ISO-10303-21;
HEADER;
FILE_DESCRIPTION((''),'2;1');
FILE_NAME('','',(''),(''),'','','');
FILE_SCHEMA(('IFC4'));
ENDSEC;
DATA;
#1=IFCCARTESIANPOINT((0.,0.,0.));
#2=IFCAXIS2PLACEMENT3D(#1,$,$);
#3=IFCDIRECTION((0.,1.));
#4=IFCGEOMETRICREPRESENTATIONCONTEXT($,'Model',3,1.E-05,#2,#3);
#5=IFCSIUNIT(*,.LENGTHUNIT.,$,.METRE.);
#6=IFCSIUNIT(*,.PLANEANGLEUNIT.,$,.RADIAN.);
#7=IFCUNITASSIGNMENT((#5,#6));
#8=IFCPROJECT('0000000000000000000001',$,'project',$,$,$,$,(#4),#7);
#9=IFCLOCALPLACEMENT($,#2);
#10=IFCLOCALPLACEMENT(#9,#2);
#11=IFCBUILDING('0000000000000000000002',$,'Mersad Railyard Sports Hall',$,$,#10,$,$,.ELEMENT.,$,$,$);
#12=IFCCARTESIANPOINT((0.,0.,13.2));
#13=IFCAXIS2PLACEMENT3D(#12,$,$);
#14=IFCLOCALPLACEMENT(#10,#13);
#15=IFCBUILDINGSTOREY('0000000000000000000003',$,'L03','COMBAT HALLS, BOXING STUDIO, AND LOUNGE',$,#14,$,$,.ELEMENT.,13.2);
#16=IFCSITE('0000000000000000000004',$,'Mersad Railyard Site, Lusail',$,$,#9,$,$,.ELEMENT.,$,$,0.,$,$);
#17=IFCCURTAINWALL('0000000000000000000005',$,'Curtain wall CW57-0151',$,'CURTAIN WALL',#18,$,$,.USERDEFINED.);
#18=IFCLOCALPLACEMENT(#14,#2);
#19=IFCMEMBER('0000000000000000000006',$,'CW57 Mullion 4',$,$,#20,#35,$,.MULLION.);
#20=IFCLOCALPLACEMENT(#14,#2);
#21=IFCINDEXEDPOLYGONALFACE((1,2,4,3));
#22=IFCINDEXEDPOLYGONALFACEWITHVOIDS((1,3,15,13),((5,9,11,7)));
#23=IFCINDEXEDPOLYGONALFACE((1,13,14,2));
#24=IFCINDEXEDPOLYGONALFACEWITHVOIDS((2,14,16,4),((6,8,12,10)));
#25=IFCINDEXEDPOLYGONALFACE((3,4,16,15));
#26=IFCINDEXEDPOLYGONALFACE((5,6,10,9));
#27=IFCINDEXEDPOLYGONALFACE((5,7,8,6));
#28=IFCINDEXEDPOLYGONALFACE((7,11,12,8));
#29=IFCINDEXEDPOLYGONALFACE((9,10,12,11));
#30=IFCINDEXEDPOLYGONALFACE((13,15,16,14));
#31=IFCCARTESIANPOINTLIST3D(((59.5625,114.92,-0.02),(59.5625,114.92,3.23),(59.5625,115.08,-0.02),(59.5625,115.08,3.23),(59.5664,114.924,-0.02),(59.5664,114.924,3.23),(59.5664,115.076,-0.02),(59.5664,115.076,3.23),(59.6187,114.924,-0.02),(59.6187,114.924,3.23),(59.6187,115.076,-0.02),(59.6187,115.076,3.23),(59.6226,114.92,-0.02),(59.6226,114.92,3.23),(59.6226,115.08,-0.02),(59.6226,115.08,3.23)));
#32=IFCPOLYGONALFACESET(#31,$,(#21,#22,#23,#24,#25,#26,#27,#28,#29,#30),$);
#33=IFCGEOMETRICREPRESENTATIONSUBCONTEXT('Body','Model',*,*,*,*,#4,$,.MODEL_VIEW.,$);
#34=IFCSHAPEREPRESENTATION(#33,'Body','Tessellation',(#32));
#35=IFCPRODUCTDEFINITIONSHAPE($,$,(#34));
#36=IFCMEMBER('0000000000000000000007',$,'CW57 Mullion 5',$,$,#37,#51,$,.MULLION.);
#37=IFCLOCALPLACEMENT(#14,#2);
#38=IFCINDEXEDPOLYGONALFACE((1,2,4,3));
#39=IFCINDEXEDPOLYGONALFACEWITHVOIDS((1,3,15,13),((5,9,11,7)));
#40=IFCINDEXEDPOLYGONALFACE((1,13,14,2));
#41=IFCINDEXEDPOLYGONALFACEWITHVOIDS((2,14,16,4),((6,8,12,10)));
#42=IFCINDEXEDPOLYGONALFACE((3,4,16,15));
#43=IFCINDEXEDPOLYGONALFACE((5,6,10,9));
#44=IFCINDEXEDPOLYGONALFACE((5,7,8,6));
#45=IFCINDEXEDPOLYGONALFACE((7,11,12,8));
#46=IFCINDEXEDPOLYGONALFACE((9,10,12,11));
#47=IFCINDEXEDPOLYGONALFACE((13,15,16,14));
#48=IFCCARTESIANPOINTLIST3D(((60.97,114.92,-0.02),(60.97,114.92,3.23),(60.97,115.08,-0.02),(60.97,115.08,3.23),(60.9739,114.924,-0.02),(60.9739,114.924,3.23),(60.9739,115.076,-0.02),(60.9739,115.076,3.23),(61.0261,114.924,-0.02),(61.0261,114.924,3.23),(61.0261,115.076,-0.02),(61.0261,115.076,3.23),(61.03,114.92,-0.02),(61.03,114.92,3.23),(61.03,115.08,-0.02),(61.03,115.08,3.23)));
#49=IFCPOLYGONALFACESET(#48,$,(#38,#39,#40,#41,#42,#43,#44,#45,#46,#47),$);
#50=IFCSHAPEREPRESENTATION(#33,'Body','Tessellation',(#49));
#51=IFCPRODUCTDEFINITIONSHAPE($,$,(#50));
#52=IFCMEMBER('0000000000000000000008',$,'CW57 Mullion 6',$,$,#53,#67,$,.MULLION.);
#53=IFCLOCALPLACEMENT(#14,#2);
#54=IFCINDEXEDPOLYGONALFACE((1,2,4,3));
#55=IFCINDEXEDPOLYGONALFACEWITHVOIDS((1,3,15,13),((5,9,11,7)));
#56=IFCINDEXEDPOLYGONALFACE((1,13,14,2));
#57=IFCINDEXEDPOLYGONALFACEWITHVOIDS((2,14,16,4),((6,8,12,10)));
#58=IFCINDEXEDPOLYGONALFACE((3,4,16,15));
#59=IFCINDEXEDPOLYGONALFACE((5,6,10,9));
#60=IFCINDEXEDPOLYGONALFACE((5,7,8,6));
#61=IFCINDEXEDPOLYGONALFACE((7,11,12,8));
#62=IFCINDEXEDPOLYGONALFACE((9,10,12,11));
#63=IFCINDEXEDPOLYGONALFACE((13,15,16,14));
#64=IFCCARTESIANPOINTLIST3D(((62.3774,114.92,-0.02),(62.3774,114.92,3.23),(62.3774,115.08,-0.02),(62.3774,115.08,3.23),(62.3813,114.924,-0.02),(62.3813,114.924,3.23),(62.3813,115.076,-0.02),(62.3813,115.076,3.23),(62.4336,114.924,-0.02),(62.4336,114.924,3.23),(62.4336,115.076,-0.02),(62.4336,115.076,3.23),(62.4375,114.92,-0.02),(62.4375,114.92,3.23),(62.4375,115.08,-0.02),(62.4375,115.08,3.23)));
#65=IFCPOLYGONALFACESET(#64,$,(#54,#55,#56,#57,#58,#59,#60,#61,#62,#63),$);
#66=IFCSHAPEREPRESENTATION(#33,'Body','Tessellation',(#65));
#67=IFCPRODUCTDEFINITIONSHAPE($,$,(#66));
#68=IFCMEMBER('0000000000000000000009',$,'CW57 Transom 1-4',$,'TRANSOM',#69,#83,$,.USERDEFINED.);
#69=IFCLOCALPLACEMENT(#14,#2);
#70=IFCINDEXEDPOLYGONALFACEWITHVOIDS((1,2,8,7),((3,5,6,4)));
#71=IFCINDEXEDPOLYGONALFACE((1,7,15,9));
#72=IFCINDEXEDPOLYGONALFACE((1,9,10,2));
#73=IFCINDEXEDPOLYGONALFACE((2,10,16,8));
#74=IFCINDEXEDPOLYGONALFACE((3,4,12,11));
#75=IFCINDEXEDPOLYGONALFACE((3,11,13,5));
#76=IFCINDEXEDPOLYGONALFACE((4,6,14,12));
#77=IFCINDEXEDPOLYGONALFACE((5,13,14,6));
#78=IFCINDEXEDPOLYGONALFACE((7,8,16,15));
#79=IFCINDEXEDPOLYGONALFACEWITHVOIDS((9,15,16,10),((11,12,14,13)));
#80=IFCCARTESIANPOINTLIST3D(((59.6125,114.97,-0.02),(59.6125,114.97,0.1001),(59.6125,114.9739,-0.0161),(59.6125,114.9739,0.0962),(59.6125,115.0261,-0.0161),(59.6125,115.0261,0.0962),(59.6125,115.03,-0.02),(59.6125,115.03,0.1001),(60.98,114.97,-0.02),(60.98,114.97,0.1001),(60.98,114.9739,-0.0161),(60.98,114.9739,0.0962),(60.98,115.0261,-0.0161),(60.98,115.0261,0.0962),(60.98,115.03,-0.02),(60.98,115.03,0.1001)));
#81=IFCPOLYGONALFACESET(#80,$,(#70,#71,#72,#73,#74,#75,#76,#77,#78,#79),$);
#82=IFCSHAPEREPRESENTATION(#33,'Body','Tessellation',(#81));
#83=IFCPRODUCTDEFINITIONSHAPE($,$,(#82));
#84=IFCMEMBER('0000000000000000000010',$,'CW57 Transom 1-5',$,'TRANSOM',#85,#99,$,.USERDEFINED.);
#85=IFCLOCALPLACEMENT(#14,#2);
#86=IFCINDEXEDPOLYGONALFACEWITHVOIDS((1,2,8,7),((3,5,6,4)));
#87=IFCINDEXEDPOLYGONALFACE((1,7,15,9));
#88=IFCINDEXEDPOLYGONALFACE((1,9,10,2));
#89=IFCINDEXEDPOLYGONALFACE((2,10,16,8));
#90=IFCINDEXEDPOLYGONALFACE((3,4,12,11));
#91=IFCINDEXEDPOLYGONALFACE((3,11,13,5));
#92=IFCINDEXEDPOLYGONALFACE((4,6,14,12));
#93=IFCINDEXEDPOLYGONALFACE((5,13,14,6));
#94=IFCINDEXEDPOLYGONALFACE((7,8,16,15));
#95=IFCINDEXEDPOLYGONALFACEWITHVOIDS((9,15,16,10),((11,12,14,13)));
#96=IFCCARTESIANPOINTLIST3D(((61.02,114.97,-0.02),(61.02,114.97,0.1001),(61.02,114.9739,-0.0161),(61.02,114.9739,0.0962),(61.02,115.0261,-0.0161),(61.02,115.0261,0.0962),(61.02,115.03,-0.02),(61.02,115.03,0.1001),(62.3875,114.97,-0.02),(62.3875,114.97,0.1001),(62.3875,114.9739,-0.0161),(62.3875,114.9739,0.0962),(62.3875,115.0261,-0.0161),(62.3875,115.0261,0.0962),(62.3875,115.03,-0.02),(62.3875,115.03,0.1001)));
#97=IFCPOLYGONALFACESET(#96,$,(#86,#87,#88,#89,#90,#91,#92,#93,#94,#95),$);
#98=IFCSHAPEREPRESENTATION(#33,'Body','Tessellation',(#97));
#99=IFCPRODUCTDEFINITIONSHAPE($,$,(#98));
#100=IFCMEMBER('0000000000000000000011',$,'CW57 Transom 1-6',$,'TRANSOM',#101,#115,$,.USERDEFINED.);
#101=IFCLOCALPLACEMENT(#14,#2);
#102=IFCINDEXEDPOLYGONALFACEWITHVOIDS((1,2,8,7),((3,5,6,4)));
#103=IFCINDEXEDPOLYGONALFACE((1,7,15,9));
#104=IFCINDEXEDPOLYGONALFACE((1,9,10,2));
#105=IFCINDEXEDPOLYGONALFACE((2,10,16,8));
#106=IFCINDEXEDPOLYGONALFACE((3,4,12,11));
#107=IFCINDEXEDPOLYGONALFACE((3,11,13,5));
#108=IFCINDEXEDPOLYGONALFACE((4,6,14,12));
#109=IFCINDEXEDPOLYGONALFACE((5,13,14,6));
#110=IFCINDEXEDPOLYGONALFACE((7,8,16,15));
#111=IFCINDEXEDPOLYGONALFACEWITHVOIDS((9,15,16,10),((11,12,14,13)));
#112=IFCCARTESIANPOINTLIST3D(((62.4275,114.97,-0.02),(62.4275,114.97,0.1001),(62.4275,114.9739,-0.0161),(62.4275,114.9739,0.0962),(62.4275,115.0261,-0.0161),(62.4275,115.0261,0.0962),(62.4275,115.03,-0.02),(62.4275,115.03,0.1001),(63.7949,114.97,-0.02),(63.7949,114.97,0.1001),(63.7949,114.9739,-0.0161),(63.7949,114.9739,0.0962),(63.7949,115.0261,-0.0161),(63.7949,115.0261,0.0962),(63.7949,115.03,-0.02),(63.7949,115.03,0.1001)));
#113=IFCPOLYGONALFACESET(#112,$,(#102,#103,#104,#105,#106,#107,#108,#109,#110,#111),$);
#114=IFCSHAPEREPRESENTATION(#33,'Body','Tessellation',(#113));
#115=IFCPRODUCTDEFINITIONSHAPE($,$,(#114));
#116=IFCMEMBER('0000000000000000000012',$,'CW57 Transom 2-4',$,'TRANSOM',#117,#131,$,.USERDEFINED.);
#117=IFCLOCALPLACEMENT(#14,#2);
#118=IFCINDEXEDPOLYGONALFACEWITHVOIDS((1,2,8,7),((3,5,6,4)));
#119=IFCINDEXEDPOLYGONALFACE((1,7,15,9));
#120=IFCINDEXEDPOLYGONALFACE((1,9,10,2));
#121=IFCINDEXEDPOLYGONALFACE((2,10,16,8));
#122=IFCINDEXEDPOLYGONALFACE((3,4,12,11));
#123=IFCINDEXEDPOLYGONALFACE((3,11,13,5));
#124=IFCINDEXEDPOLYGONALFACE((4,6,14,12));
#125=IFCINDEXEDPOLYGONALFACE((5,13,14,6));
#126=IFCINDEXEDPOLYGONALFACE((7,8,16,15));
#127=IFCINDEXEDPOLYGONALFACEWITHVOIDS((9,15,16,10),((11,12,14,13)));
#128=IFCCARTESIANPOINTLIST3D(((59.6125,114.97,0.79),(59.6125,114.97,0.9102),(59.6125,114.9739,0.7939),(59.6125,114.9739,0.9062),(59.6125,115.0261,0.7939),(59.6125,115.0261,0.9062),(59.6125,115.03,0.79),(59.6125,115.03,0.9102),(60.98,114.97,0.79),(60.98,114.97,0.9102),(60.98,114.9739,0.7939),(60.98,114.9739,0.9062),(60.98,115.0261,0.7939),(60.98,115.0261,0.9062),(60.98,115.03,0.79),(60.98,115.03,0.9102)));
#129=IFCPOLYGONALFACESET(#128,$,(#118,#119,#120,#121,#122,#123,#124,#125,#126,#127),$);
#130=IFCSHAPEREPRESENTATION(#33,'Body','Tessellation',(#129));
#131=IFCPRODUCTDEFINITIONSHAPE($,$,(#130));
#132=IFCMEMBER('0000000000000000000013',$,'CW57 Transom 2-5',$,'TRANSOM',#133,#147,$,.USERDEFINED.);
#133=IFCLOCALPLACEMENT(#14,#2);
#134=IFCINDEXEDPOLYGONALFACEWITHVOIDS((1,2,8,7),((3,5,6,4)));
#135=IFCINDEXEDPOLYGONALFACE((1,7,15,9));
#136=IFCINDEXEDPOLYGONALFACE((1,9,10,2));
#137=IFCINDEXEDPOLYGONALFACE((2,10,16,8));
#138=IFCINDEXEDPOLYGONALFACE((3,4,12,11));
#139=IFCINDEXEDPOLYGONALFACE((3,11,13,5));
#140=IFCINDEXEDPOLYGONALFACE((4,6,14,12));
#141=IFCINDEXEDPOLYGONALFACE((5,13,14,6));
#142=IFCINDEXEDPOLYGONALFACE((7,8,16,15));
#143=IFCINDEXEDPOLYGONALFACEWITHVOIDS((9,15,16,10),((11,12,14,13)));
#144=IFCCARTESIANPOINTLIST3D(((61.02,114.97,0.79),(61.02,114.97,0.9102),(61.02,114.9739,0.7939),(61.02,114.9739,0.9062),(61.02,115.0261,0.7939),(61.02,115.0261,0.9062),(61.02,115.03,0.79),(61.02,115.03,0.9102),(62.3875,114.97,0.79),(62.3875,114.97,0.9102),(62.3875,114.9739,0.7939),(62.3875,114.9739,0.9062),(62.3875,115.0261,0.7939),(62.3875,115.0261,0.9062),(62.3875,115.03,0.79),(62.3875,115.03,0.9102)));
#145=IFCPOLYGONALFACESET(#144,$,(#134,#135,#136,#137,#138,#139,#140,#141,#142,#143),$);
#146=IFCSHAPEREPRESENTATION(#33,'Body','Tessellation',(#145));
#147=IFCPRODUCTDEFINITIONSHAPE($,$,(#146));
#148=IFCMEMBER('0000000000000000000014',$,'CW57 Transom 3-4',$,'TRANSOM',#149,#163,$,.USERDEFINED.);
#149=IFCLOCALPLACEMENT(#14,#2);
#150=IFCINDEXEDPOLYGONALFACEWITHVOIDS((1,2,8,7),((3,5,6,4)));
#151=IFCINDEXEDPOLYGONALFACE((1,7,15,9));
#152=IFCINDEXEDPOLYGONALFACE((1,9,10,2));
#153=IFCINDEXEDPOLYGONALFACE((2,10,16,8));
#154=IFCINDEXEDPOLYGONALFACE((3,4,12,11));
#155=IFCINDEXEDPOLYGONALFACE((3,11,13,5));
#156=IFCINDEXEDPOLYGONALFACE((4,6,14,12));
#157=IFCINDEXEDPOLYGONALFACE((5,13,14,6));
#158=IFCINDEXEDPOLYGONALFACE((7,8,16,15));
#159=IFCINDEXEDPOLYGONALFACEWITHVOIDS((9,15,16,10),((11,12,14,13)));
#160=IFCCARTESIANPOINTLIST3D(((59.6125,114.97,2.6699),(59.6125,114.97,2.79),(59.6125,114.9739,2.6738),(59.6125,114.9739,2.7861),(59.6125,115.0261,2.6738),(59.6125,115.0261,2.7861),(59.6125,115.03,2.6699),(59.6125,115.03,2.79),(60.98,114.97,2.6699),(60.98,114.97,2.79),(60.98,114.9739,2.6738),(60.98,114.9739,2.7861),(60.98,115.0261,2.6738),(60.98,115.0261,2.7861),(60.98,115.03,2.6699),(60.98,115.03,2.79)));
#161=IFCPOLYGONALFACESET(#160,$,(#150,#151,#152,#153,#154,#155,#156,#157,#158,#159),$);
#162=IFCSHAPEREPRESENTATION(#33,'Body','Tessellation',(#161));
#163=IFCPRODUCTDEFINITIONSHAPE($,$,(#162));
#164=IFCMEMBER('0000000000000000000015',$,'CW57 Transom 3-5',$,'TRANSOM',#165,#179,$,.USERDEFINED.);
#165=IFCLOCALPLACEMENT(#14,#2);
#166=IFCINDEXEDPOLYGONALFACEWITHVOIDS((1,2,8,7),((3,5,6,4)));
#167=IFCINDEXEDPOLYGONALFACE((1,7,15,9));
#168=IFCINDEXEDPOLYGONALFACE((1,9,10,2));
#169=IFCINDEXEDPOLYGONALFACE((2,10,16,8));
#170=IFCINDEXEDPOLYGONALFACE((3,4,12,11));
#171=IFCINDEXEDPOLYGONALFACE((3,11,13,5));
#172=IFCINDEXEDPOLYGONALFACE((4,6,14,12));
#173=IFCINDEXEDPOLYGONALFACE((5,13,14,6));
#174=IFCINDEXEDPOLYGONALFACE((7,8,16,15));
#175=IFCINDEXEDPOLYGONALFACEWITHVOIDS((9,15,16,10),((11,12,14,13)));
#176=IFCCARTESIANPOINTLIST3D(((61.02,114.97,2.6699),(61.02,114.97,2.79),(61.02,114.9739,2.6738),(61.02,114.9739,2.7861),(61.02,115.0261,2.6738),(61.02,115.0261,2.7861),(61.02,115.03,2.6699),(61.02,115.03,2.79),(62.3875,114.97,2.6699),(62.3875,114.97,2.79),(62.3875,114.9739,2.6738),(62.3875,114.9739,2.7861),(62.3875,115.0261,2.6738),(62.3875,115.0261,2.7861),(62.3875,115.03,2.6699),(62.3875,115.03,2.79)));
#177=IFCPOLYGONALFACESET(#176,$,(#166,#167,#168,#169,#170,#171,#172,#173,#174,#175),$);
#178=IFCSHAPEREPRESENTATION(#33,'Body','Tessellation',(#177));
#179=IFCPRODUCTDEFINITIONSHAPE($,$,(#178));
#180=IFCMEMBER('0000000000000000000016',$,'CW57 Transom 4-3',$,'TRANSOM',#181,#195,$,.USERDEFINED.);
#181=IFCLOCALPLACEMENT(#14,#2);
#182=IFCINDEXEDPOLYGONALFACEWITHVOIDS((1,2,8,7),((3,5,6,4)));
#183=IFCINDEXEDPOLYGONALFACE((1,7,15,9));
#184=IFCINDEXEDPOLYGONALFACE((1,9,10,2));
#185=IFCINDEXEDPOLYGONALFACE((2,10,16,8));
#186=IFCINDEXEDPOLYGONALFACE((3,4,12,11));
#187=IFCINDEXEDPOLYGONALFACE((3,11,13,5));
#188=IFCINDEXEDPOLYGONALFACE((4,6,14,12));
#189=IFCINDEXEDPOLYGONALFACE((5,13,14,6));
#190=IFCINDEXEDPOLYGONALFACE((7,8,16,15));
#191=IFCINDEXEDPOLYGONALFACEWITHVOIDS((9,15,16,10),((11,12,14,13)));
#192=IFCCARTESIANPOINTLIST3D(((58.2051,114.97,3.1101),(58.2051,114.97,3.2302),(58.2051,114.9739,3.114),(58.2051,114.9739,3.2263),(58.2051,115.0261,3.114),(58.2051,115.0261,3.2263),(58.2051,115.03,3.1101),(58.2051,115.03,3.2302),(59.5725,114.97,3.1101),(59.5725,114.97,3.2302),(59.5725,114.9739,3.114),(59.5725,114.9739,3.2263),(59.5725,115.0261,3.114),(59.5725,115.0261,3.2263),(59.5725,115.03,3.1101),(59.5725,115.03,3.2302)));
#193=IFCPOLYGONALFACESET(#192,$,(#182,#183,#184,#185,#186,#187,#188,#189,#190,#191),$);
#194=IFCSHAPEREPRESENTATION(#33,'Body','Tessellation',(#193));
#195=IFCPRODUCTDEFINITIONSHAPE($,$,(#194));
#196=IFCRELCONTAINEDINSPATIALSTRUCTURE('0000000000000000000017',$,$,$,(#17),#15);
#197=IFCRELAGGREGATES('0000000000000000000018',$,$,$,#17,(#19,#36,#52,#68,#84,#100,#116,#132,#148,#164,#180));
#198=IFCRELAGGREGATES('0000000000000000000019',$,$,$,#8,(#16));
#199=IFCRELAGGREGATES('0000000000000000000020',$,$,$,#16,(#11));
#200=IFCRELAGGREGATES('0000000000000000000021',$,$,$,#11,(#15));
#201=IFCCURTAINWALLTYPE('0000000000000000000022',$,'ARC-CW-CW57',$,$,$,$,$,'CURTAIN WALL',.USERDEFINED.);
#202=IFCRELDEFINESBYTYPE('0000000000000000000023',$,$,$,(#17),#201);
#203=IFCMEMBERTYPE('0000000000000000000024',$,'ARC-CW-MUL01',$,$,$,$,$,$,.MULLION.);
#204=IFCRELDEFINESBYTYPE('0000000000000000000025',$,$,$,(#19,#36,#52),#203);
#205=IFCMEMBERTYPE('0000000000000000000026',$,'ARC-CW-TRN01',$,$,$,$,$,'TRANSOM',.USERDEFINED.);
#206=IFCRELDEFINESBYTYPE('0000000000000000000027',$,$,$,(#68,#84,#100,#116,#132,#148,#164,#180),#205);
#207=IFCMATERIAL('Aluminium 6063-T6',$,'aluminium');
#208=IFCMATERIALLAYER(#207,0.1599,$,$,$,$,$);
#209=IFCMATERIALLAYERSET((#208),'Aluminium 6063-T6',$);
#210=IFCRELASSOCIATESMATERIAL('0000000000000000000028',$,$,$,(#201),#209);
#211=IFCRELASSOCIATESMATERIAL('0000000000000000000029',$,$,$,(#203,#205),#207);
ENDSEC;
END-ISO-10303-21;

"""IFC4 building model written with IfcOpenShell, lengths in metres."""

from ifc_helpers import new_model, si_unit, direction, frame, origin, origin_2d, place, context, subcontext, project, spatial, hollow_rectangle, extrude, material, layer, layer_set, material_profile, profile_set, type_object, element, aggregate, save


model = new_model("IFC4")

# Units and contexts
model_context = context("Model", 3, precision=1e-05, world=origin(), true_north=direction((0.0, 1.0)))
body_context = subcontext(model_context, "Body", "Model", "MODEL_VIEW")
ifc_project = project(units=[si_unit("LENGTHUNIT", "METRE"), si_unit("PLANEANGLEUNIT", "RADIAN")], contexts=[model_context])

# Site, building, storey
site_placement = place(None, origin())
site = spatial("IfcSite", under=ifc_project, at=site_placement, Name="Mersad Railyard Site, Lusail", CompositionType="ELEMENT", RefElevation=0.0)
building_placement = place(site_placement, origin())
building = spatial("IfcBuilding", under=site, at=building_placement, Name="Mersad Railyard Sports Hall", CompositionType="ELEMENT")
storey_placement = place(building_placement, frame((0.0, 0.0, 13.2)))
storey = spatial("IfcBuildingStorey", under=building, at=storey_placement, Name="L03", Description="COMBAT HALLS, BOXING STUDIO, AND LOUNGE", CompositionType="ELEMENT", Elevation=13.2)

# Curtain wall, members
ifc_material_1 = material(Name="Aluminium 6063-T6", Category="aluminium")
ifc_layer_1 = layer(ifc_material_1, 0.1599)
ifc_layer_set_1 = layer_set([ifc_layer_1], Name="Aluminium 6063-T6")
curtain_wall_type = type_object("IfcCurtainWallType", Name="ARC-CW-CW57", ElementType="CURTAIN WALL", PredefinedType="USERDEFINED", material=ifc_layer_set_1)
curtain_wall_placement = place(storey_placement, origin())
curtain_wall = element("IfcCurtainWall", 1, at=curtain_wall_placement, inside=storey, type_object=curtain_wall_type, Name="Curtain wall CW57-0151", ObjectType="CURTAIN WALL", PredefinedType="USERDEFINED")
ifc_material_profile_1 = material_profile(ifc_material_1, hollow_rectangle(XDim=0.0601, YDim=0.1599, WallThickness=0.0039, at=origin_2d()), Name="AL MULLION 60x160x4")
ifc_profile_set_1 = profile_set([ifc_material_profile_1], Name="Aluminium 6063-T6")
member_type_1 = type_object("IfcMemberType", Name="ARC-CW-MUL01", PredefinedType="MULLION", material=ifc_profile_set_1)
member_1_placement = place(storey_placement, frame((59.5925, 115.0, -0.02), z_axis=(0.0, 0.0, 1.0), x_axis=(1.0, 0.0, 0.0)))
member_1 = element("IfcMember", 2, at=member_1_placement, type_object=member_type_1, Name="CW57 Mullion 4", PredefinedType="MULLION", context=body_context, shape_type="SweptSolid", body=[
    extrude(hollow_rectangle(XDim=0.0601, YDim=0.1599, WallThickness=0.0039, at=origin_2d()), origin(), (0.0, 0.0, 1.0), 3.25),
])
member_2_placement = place(storey_placement, frame((61.0, 115.0, -0.02), z_axis=(0.0, 0.0, 1.0), x_axis=(1.0, 0.0, 0.0)))
member_2 = element("IfcMember", 3, at=member_2_placement, type_object=member_type_1, Name="CW57 Mullion 5", PredefinedType="MULLION", context=body_context, shape_type="SweptSolid", body=[
    extrude(hollow_rectangle(XDim=0.0601, YDim=0.1599, WallThickness=0.0039, at=origin_2d()), origin(), (0.0, 0.0, 1.0), 3.25),
])
member_3_placement = place(storey_placement, frame((62.4075, 115.0, -0.02), z_axis=(0.0, 0.0, 1.0), x_axis=(1.0, 0.0, 0.0)))
member_3 = element("IfcMember", 4, at=member_3_placement, type_object=member_type_1, Name="CW57 Mullion 6", PredefinedType="MULLION", context=body_context, shape_type="SweptSolid", body=[
    extrude(hollow_rectangle(XDim=0.0601, YDim=0.1599, WallThickness=0.0039, at=origin_2d()), origin(), (0.0, 0.0, 1.0), 3.25),
])
ifc_material_profile_2 = material_profile(ifc_material_1, hollow_rectangle(XDim=0.0601, YDim=0.1201, WallThickness=0.0039, at=origin_2d()), Name="AL TRANSOM 60x120x4")
ifc_profile_set_2 = profile_set([ifc_material_profile_2], Name="Aluminium 6063-T6")
member_type_2 = type_object("IfcMemberType", Name="ARC-CW-TRN01", ElementType="TRANSOM", PredefinedType="USERDEFINED", material=ifc_profile_set_2)
member_4_placement = place(storey_placement, frame((59.6125, 115.0, 0.04), z_axis=(1.0, 0.0, 0.0), x_axis=(0.0, 1.0, 0.0)))
member_4 = element("IfcMember", 5, at=member_4_placement, type_object=member_type_2, Name="CW57 Transom 1-4", ObjectType="TRANSOM", PredefinedType="USERDEFINED", context=body_context, shape_type="SweptSolid", body=[
    extrude(hollow_rectangle(XDim=0.0601, YDim=0.1201, WallThickness=0.0039, at=origin_2d()), origin(), (0.0, 0.0, 1.0), 1.3674),
])
member_5_placement = place(storey_placement, frame((61.02, 115.0, 0.04), z_axis=(1.0, 0.0, 0.0), x_axis=(0.0, 1.0, 0.0)))
member_5 = element("IfcMember", 6, at=member_5_placement, type_object=member_type_2, Name="CW57 Transom 1-5", ObjectType="TRANSOM", PredefinedType="USERDEFINED", context=body_context, shape_type="SweptSolid", body=[
    extrude(hollow_rectangle(XDim=0.0601, YDim=0.1201, WallThickness=0.0039, at=origin_2d()), origin(), (0.0, 0.0, 1.0), 1.3674),
])
member_6_placement = place(storey_placement, frame((62.4275, 115.0, 0.04), z_axis=(1.0, 0.0, 0.0), x_axis=(0.0, 1.0, 0.0)))
member_6 = element("IfcMember", 7, at=member_6_placement, type_object=member_type_2, Name="CW57 Transom 1-6", ObjectType="TRANSOM", PredefinedType="USERDEFINED", context=body_context, shape_type="SweptSolid", body=[
    extrude(hollow_rectangle(XDim=0.0601, YDim=0.1201, WallThickness=0.0039, at=origin_2d()), origin(), (0.0, 0.0, 1.0), 1.3674),
])
member_7_placement = place(storey_placement, frame((59.6125, 115.0, 0.8501), z_axis=(1.0, 0.0, 0.0), x_axis=(0.0, 1.0, 0.0)))
member_7 = element("IfcMember", 8, at=member_7_placement, type_object=member_type_2, Name="CW57 Transom 2-4", ObjectType="TRANSOM", PredefinedType="USERDEFINED", context=body_context, shape_type="SweptSolid", body=[
    extrude(hollow_rectangle(XDim=0.0601, YDim=0.1201, WallThickness=0.0039, at=origin_2d()), origin(), (0.0, 0.0, 1.0), 1.3674),
])
member_8_placement = place(storey_placement, frame((61.02, 115.0, 0.8501), z_axis=(1.0, 0.0, 0.0), x_axis=(0.0, 1.0, 0.0)))
member_8 = element("IfcMember", 9, at=member_8_placement, type_object=member_type_2, Name="CW57 Transom 2-5", ObjectType="TRANSOM", PredefinedType="USERDEFINED", context=body_context, shape_type="SweptSolid", body=[
    extrude(hollow_rectangle(XDim=0.0601, YDim=0.1201, WallThickness=0.0039, at=origin_2d()), origin(), (0.0, 0.0, 1.0), 1.3674),
])
member_9_placement = place(storey_placement, frame((59.6125, 115.0, 2.73), z_axis=(1.0, 0.0, 0.0), x_axis=(0.0, 1.0, 0.0)))
member_9 = element("IfcMember", 10, at=member_9_placement, type_object=member_type_2, Name="CW57 Transom 3-4", ObjectType="TRANSOM", PredefinedType="USERDEFINED", context=body_context, shape_type="SweptSolid", body=[
    extrude(hollow_rectangle(XDim=0.0601, YDim=0.1201, WallThickness=0.0039, at=origin_2d()), origin(), (0.0, 0.0, 1.0), 1.3674),
])
member_10_placement = place(storey_placement, frame((61.02, 115.0, 2.73), z_axis=(1.0, 0.0, 0.0), x_axis=(0.0, 1.0, 0.0)))
member_10 = element("IfcMember", 11, at=member_10_placement, type_object=member_type_2, Name="CW57 Transom 3-5", ObjectType="TRANSOM", PredefinedType="USERDEFINED", context=body_context, shape_type="SweptSolid", body=[
    extrude(hollow_rectangle(XDim=0.0601, YDim=0.1201, WallThickness=0.0039, at=origin_2d()), origin(), (0.0, 0.0, 1.0), 1.3674),
])
member_11_placement = place(storey_placement, frame((58.2051, 115.0, 3.1702), z_axis=(1.0, 0.0, 0.0), x_axis=(0.0, 1.0, 0.0)))
member_11 = element("IfcMember", 12, at=member_11_placement, type_object=member_type_2, Name="CW57 Transom 4-3", ObjectType="TRANSOM", PredefinedType="USERDEFINED", context=body_context, shape_type="SweptSolid", body=[
    extrude(hollow_rectangle(XDim=0.0601, YDim=0.1201, WallThickness=0.0039, at=origin_2d()), origin(), (0.0, 0.0, 1.0), 1.3674),
])
aggregate(curtain_wall, [member_1, member_2, member_3, member_4, member_5, member_6, member_7, member_8, member_9, member_10, member_11])

save(model, "model.ifc")
